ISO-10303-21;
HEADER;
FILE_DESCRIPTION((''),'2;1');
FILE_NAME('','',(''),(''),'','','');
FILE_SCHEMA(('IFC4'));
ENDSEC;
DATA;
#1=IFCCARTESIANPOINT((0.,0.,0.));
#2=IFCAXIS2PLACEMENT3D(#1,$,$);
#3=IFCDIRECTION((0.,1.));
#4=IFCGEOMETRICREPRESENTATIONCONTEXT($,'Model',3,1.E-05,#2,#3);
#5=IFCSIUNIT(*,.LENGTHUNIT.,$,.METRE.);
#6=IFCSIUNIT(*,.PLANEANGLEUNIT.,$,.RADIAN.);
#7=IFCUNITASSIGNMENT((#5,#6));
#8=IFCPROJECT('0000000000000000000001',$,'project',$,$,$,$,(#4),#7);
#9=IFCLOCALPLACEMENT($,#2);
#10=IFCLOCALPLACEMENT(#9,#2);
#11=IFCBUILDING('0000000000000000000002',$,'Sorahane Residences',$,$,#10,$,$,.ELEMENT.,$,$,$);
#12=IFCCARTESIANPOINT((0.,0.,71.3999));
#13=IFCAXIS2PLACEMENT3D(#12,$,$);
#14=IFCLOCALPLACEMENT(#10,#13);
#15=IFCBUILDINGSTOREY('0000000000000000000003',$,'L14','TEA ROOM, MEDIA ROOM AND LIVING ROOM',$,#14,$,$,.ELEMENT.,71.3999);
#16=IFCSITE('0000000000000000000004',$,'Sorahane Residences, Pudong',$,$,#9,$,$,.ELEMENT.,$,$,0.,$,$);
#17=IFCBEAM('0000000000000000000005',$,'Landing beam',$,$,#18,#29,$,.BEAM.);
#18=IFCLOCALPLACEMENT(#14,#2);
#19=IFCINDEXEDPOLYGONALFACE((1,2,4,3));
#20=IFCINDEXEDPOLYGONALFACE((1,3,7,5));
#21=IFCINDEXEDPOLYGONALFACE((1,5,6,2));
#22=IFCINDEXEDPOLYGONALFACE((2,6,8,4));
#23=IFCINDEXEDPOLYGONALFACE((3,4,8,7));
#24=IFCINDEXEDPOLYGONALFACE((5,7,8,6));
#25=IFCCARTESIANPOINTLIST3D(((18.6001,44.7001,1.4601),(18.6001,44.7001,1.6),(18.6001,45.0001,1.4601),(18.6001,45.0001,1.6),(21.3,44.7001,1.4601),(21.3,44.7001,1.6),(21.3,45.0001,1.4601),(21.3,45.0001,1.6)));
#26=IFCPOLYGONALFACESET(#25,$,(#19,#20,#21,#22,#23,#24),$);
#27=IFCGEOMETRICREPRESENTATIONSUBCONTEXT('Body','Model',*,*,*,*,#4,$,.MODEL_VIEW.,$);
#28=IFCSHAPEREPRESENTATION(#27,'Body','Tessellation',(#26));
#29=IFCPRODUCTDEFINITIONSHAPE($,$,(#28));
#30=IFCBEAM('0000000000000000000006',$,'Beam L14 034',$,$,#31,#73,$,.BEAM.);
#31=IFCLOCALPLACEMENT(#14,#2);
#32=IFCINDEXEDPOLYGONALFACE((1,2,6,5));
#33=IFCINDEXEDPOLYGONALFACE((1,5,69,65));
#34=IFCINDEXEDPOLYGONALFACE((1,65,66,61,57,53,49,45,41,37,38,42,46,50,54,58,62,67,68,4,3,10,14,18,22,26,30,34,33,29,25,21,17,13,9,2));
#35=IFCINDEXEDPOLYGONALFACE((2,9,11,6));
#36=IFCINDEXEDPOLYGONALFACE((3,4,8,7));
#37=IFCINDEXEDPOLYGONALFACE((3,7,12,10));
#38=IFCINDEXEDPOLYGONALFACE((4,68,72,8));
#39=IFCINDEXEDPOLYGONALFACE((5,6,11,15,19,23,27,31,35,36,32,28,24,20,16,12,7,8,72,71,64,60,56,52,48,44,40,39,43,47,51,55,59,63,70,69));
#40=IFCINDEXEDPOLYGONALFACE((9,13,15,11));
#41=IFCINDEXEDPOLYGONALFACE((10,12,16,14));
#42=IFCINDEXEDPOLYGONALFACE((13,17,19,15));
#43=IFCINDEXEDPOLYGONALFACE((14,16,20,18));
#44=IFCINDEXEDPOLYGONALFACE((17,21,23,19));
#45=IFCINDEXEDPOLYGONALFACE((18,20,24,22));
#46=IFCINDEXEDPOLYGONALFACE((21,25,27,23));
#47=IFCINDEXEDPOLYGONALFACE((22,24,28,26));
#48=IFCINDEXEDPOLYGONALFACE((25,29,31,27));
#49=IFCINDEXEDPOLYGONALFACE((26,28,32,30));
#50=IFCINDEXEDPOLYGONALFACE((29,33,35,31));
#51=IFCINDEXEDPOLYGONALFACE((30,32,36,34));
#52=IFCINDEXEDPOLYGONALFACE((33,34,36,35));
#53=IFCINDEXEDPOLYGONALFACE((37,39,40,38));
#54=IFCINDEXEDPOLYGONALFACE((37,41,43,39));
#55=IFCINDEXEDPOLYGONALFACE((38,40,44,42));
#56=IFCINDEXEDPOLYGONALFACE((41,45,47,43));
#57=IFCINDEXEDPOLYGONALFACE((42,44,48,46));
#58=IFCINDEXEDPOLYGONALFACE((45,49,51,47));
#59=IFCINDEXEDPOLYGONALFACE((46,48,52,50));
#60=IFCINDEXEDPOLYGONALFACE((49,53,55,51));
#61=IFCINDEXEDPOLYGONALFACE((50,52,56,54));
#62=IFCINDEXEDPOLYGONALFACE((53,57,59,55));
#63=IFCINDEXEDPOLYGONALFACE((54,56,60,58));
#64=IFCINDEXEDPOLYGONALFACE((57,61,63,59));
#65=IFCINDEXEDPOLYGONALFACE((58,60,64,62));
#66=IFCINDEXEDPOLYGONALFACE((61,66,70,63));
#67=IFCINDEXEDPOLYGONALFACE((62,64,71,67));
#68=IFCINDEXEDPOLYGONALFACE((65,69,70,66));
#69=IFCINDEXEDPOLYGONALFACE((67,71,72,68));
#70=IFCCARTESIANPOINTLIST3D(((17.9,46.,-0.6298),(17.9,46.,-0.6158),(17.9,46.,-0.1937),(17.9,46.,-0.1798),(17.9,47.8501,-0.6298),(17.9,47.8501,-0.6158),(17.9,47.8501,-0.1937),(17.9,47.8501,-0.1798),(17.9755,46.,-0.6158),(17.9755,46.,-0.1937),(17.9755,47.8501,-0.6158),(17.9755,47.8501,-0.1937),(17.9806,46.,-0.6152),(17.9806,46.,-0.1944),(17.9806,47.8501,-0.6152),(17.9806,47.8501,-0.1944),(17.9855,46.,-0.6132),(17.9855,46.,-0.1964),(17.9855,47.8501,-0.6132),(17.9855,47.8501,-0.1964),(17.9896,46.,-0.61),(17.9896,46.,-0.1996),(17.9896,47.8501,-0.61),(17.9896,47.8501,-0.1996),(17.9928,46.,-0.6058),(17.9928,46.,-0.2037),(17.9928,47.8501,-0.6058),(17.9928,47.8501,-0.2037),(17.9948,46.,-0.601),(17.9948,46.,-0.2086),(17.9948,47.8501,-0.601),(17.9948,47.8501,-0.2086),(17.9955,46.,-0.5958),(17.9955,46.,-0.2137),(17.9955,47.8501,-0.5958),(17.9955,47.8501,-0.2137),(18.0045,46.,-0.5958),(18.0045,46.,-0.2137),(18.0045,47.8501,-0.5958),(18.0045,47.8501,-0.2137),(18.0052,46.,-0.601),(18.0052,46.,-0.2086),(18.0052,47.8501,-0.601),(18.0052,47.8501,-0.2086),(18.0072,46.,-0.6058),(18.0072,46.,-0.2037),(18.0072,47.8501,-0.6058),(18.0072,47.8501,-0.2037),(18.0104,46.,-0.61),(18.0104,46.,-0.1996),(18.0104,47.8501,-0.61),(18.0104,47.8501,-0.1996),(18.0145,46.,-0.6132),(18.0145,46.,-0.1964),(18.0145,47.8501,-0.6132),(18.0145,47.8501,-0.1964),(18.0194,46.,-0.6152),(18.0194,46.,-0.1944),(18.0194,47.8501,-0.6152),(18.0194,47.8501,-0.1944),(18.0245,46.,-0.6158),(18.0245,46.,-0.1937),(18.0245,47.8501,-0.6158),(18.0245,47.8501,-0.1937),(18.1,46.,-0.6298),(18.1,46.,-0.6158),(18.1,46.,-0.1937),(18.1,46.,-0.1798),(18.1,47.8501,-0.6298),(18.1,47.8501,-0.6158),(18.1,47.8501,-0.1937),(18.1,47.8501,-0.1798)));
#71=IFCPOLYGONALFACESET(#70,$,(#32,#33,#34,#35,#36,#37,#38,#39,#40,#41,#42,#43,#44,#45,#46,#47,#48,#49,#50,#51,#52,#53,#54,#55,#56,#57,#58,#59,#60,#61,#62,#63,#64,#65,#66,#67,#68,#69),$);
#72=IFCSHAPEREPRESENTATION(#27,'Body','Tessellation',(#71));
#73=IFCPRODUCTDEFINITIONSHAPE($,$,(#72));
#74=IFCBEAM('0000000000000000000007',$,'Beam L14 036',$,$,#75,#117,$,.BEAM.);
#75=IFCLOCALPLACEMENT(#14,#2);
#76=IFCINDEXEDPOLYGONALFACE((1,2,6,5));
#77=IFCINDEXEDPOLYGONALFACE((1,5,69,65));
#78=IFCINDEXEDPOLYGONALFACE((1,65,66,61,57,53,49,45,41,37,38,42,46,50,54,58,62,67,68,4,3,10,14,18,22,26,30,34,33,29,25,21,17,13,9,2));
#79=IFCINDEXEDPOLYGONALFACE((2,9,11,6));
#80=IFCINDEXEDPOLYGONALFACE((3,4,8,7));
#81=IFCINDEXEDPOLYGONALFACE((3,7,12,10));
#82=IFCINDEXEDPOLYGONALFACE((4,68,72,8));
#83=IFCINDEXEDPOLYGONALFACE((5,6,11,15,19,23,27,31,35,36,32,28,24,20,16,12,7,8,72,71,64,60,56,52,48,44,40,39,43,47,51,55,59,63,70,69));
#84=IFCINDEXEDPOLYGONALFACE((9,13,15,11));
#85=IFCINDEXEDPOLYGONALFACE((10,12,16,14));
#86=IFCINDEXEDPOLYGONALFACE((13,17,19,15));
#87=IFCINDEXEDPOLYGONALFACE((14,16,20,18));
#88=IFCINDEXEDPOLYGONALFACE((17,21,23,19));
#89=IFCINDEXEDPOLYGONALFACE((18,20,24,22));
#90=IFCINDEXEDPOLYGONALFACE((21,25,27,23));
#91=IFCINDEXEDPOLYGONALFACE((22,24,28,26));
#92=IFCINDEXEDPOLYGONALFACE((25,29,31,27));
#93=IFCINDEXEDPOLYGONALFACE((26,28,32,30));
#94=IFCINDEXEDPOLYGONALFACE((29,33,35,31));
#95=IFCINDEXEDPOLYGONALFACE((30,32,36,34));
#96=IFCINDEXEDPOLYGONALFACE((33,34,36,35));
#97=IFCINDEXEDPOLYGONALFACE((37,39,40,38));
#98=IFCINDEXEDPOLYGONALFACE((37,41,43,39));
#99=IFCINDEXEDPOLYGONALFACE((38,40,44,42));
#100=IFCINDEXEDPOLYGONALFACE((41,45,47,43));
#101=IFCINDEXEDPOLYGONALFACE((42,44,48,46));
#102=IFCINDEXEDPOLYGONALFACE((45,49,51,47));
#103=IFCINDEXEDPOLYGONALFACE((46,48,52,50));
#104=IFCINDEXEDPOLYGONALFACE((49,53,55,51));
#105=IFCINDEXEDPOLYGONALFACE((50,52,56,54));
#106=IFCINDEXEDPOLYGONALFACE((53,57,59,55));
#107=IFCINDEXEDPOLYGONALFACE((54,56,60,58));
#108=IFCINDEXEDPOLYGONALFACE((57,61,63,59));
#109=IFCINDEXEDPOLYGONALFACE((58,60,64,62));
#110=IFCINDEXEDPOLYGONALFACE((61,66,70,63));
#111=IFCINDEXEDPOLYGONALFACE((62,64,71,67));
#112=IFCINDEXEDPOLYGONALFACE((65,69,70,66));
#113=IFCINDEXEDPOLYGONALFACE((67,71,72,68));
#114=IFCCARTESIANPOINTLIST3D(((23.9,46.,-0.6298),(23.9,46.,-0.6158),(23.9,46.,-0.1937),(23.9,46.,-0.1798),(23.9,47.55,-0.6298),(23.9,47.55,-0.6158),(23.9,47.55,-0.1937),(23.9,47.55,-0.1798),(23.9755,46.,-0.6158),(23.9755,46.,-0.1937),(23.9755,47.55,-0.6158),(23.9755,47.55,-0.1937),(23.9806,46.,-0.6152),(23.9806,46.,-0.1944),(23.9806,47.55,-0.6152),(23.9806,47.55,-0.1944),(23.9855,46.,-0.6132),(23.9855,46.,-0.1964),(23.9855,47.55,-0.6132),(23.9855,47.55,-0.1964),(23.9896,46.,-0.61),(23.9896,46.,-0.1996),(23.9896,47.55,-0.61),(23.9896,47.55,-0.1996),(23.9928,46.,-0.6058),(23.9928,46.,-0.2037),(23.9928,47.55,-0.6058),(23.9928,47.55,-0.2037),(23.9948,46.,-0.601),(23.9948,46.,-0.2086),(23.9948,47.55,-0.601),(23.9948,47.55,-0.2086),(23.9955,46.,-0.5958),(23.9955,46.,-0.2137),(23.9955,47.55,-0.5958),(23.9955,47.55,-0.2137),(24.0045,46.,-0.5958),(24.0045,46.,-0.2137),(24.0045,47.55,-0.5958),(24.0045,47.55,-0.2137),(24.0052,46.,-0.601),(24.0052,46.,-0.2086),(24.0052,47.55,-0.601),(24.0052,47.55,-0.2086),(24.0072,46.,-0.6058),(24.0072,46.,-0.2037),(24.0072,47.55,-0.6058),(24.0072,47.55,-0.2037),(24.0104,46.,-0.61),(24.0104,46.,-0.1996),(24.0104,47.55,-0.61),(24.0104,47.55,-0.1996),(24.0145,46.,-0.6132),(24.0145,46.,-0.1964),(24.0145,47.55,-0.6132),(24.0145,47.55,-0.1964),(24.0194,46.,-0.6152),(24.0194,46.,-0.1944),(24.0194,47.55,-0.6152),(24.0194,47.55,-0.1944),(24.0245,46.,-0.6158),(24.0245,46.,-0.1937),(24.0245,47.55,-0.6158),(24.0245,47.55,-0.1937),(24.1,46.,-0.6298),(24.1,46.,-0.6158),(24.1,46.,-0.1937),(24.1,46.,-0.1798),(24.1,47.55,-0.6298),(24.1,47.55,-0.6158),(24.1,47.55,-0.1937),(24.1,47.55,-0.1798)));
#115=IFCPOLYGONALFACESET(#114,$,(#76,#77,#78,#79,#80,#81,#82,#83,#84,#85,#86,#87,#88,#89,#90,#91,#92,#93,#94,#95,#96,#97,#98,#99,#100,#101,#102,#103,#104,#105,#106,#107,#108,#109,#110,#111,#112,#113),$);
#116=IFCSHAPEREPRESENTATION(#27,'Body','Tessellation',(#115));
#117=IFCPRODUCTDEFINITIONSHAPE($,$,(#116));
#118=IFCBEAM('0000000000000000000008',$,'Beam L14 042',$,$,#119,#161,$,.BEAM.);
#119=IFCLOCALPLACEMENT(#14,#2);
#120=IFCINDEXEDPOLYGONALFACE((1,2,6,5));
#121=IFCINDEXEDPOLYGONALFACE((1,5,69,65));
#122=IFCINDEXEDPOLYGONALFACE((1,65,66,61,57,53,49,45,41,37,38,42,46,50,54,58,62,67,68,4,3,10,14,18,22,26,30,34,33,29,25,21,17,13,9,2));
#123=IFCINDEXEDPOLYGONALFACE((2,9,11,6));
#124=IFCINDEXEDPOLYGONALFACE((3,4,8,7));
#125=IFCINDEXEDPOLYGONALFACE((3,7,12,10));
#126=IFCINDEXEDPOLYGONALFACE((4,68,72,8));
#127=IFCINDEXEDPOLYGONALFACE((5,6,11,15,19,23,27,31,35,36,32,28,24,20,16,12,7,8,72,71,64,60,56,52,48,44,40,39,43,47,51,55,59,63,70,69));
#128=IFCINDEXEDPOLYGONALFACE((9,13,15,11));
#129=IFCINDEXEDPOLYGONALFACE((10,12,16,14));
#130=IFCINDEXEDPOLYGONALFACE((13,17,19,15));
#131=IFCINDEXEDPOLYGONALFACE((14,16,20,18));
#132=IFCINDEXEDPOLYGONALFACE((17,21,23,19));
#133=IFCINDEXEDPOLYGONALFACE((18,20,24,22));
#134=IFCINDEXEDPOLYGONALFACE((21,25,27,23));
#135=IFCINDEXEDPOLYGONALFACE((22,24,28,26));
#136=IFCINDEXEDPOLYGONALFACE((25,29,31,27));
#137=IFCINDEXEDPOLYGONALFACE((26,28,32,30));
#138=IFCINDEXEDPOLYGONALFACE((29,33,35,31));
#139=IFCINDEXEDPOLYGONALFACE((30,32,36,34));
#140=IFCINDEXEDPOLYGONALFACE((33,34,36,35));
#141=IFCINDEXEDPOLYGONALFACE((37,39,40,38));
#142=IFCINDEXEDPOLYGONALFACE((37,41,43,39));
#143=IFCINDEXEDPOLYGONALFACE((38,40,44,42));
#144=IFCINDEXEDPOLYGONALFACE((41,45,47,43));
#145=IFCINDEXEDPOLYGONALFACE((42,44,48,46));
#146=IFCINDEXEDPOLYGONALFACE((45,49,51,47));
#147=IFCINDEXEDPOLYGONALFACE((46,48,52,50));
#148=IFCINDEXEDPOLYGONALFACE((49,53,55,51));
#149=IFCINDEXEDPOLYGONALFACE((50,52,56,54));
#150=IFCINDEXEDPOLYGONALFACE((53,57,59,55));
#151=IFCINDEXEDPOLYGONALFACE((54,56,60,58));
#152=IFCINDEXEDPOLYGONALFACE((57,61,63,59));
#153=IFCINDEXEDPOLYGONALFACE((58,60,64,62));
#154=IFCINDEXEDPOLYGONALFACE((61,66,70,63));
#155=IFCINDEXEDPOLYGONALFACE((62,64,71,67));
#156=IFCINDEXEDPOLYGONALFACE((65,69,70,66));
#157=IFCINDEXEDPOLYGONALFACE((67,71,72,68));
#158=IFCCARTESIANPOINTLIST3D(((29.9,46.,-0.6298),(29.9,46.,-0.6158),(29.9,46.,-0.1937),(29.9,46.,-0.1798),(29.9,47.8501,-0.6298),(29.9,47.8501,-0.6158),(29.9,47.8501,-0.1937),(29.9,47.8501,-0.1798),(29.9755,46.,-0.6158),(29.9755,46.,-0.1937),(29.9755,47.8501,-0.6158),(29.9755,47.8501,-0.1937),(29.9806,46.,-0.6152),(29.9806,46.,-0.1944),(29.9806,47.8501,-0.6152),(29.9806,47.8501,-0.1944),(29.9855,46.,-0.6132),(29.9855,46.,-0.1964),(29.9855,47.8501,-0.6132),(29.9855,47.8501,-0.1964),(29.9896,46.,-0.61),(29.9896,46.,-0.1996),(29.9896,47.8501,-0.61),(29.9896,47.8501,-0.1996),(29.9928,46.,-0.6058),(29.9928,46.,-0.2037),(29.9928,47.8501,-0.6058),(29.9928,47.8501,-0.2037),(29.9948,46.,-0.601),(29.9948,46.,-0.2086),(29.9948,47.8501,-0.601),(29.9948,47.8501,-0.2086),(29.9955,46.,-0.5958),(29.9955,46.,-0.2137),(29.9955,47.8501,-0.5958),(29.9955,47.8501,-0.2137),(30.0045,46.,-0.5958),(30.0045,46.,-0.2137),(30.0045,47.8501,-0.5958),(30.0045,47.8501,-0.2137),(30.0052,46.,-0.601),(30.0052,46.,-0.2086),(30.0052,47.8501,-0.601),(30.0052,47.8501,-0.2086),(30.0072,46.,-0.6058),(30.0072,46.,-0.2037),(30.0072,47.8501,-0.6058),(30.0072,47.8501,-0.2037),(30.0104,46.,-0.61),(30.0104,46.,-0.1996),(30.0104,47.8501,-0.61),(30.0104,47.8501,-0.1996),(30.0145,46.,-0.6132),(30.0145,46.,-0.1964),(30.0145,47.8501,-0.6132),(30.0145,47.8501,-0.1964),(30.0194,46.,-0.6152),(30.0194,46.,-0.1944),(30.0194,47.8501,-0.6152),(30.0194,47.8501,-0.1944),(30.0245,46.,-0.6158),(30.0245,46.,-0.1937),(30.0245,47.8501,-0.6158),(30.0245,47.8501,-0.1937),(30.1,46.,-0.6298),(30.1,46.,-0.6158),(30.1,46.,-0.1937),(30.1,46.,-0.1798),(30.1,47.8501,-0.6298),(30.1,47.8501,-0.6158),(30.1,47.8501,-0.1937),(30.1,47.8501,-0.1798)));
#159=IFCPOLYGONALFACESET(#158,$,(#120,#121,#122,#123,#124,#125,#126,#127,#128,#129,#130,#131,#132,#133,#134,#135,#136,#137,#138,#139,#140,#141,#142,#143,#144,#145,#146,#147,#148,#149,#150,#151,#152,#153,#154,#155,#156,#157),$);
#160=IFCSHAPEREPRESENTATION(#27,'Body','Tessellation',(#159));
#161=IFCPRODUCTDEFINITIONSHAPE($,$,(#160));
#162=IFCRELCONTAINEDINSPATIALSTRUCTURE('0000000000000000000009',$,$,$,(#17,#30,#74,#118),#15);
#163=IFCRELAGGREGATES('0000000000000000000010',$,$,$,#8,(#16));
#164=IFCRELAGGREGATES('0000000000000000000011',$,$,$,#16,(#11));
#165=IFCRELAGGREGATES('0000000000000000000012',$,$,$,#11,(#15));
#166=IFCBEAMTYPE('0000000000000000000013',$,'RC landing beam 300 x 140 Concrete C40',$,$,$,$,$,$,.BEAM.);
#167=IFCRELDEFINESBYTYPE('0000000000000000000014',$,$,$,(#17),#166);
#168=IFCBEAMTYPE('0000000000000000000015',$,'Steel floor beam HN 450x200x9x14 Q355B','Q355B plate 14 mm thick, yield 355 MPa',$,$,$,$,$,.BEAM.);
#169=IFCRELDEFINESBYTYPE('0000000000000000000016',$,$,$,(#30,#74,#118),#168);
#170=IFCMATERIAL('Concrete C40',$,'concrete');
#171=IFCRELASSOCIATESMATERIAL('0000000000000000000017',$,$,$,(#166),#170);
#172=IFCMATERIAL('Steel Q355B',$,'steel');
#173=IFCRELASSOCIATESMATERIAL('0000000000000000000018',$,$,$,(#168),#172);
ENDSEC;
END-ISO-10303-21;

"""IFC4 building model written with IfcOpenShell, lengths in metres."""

from ifc_helpers import new_model, si_unit, direction, frame, origin, origin_2d, place, context, subcontext, project, spatial, rectangle, i_section, extrude, material, material_profile, profile_set, type_object, element, save


model = new_model("IFC4")

# Units and contexts
model_context = context("Model", 3, precision=1e-05, world=origin(), true_north=direction((0.0, 1.0)))
body_context = subcontext(model_context, "Body", "Model", "MODEL_VIEW")
ifc_project = project(units=[si_unit("LENGTHUNIT", "METRE"), si_unit("PLANEANGLEUNIT", "RADIAN")], contexts=[model_context])

# Site, building, storey
site_placement = place(None, origin())
site = spatial("IfcSite", under=ifc_project, at=site_placement, Name="Sorahane Residences, Pudong", CompositionType="ELEMENT", RefElevation=0.0)
building_placement = place(site_placement, origin())
building = spatial("IfcBuilding", under=site, at=building_placement, Name="Sorahane Residences", CompositionType="ELEMENT")
storey_placement = place(building_placement, frame((0.0, 0.0, 71.3999)))
storey = spatial("IfcBuildingStorey", under=building, at=storey_placement, Name="L14", Description="TEA ROOM, MEDIA ROOM AND LIVING ROOM", CompositionType="ELEMENT", Elevation=71.3999)

# Beams
ifc_material_1 = material(Name="Concrete C40", Category="concrete")
ifc_material_profile_1 = material_profile(ifc_material_1, rectangle(XDim=0.3, YDim=0.1399, at=origin_2d()), Name="300x140")
ifc_profile_set_1 = profile_set([ifc_material_profile_1], Name="Concrete C40")
beam_type_1 = type_object("IfcBeamType", Name="RC landing beam 300 x 140 Concrete C40", PredefinedType="BEAM", material=ifc_profile_set_1)
for number, where, z_axis, x_axis, name in (
    (1, (18.6001, 44.8501, 1.53), (1.0, 0.0, 0.0), (0.0, 1.0, 0.0), "Landing beam"),
):
    element("IfcBeam", number, at=place(storey_placement, frame(where, z_axis=z_axis, x_axis=x_axis)), inside=storey, type_object=beam_type_1, Name=name, PredefinedType="BEAM", context=body_context, shape_type="SweptSolid", body=[
        extrude(rectangle(XDim=0.3, YDim=0.1399, at=origin_2d()), origin(), (0.0, 0.0, 1.0), 2.7),
    ])
ifc_material_2 = material(Name="Steel Q355B", Category="steel")
ifc_material_profile_2 = material_profile(ifc_material_2, i_section(OverallWidth=0.2, OverallDepth=0.45, WebThickness=0.009, FlangeThickness=0.0139, FilletRadius=0.02, at=origin_2d()), Name="HN 450x200x9x14")
ifc_profile_set_2 = profile_set([ifc_material_profile_2], Name="Steel Q355B")
beam_type_2 = type_object("IfcBeamType", Name="Steel floor beam HN 450x200x9x14 Q355B", Description="Q355B plate 14 mm thick, yield 355 MPa", PredefinedType="BEAM", material=ifc_profile_set_2)
beam_1_placement = place(storey_placement, frame((18.0, 46.0, -0.4048), z_axis=(0.0, 1.0, 0.0), x_axis=(-1.0, 0.0, 0.0)))
element("IfcBeam", 2, at=beam_1_placement, inside=storey, type_object=beam_type_2, Name="Beam L14 034", PredefinedType="BEAM", context=body_context, shape_type="SweptSolid", body=[
    extrude(i_section(OverallWidth=0.2, OverallDepth=0.45, WebThickness=0.009, FlangeThickness=0.0139, FilletRadius=0.02, at=origin_2d()), origin(), (0.0, 0.0, 1.0), 1.8501),
])
beam_2_placement = place(storey_placement, frame((24.0, 46.0, -0.4048), z_axis=(0.0, 1.0, 0.0), x_axis=(-1.0, 0.0, 0.0)))
element("IfcBeam", 3, at=beam_2_placement, inside=storey, type_object=beam_type_2, Name="Beam L14 036", PredefinedType="BEAM", context=body_context, shape_type="SweptSolid", body=[
    extrude(i_section(OverallWidth=0.2, OverallDepth=0.45, WebThickness=0.009, FlangeThickness=0.0139, FilletRadius=0.02, at=origin_2d()), origin(), (0.0, 0.0, 1.0), 1.55),
])
beam_3_placement = place(storey_placement, frame((30.0, 46.0, -0.4048), z_axis=(0.0, 1.0, 0.0), x_axis=(-1.0, 0.0, 0.0)))
element("IfcBeam", 4, at=beam_3_placement, inside=storey, type_object=beam_type_2, Name="Beam L14 042", PredefinedType="BEAM", context=body_context, shape_type="SweptSolid", body=[
    extrude(i_section(OverallWidth=0.2, OverallDepth=0.45, WebThickness=0.009, FlangeThickness=0.0139, FilletRadius=0.02, at=origin_2d()), origin(), (0.0, 0.0, 1.0), 1.8501),
])

save(model, "model.ifc")
